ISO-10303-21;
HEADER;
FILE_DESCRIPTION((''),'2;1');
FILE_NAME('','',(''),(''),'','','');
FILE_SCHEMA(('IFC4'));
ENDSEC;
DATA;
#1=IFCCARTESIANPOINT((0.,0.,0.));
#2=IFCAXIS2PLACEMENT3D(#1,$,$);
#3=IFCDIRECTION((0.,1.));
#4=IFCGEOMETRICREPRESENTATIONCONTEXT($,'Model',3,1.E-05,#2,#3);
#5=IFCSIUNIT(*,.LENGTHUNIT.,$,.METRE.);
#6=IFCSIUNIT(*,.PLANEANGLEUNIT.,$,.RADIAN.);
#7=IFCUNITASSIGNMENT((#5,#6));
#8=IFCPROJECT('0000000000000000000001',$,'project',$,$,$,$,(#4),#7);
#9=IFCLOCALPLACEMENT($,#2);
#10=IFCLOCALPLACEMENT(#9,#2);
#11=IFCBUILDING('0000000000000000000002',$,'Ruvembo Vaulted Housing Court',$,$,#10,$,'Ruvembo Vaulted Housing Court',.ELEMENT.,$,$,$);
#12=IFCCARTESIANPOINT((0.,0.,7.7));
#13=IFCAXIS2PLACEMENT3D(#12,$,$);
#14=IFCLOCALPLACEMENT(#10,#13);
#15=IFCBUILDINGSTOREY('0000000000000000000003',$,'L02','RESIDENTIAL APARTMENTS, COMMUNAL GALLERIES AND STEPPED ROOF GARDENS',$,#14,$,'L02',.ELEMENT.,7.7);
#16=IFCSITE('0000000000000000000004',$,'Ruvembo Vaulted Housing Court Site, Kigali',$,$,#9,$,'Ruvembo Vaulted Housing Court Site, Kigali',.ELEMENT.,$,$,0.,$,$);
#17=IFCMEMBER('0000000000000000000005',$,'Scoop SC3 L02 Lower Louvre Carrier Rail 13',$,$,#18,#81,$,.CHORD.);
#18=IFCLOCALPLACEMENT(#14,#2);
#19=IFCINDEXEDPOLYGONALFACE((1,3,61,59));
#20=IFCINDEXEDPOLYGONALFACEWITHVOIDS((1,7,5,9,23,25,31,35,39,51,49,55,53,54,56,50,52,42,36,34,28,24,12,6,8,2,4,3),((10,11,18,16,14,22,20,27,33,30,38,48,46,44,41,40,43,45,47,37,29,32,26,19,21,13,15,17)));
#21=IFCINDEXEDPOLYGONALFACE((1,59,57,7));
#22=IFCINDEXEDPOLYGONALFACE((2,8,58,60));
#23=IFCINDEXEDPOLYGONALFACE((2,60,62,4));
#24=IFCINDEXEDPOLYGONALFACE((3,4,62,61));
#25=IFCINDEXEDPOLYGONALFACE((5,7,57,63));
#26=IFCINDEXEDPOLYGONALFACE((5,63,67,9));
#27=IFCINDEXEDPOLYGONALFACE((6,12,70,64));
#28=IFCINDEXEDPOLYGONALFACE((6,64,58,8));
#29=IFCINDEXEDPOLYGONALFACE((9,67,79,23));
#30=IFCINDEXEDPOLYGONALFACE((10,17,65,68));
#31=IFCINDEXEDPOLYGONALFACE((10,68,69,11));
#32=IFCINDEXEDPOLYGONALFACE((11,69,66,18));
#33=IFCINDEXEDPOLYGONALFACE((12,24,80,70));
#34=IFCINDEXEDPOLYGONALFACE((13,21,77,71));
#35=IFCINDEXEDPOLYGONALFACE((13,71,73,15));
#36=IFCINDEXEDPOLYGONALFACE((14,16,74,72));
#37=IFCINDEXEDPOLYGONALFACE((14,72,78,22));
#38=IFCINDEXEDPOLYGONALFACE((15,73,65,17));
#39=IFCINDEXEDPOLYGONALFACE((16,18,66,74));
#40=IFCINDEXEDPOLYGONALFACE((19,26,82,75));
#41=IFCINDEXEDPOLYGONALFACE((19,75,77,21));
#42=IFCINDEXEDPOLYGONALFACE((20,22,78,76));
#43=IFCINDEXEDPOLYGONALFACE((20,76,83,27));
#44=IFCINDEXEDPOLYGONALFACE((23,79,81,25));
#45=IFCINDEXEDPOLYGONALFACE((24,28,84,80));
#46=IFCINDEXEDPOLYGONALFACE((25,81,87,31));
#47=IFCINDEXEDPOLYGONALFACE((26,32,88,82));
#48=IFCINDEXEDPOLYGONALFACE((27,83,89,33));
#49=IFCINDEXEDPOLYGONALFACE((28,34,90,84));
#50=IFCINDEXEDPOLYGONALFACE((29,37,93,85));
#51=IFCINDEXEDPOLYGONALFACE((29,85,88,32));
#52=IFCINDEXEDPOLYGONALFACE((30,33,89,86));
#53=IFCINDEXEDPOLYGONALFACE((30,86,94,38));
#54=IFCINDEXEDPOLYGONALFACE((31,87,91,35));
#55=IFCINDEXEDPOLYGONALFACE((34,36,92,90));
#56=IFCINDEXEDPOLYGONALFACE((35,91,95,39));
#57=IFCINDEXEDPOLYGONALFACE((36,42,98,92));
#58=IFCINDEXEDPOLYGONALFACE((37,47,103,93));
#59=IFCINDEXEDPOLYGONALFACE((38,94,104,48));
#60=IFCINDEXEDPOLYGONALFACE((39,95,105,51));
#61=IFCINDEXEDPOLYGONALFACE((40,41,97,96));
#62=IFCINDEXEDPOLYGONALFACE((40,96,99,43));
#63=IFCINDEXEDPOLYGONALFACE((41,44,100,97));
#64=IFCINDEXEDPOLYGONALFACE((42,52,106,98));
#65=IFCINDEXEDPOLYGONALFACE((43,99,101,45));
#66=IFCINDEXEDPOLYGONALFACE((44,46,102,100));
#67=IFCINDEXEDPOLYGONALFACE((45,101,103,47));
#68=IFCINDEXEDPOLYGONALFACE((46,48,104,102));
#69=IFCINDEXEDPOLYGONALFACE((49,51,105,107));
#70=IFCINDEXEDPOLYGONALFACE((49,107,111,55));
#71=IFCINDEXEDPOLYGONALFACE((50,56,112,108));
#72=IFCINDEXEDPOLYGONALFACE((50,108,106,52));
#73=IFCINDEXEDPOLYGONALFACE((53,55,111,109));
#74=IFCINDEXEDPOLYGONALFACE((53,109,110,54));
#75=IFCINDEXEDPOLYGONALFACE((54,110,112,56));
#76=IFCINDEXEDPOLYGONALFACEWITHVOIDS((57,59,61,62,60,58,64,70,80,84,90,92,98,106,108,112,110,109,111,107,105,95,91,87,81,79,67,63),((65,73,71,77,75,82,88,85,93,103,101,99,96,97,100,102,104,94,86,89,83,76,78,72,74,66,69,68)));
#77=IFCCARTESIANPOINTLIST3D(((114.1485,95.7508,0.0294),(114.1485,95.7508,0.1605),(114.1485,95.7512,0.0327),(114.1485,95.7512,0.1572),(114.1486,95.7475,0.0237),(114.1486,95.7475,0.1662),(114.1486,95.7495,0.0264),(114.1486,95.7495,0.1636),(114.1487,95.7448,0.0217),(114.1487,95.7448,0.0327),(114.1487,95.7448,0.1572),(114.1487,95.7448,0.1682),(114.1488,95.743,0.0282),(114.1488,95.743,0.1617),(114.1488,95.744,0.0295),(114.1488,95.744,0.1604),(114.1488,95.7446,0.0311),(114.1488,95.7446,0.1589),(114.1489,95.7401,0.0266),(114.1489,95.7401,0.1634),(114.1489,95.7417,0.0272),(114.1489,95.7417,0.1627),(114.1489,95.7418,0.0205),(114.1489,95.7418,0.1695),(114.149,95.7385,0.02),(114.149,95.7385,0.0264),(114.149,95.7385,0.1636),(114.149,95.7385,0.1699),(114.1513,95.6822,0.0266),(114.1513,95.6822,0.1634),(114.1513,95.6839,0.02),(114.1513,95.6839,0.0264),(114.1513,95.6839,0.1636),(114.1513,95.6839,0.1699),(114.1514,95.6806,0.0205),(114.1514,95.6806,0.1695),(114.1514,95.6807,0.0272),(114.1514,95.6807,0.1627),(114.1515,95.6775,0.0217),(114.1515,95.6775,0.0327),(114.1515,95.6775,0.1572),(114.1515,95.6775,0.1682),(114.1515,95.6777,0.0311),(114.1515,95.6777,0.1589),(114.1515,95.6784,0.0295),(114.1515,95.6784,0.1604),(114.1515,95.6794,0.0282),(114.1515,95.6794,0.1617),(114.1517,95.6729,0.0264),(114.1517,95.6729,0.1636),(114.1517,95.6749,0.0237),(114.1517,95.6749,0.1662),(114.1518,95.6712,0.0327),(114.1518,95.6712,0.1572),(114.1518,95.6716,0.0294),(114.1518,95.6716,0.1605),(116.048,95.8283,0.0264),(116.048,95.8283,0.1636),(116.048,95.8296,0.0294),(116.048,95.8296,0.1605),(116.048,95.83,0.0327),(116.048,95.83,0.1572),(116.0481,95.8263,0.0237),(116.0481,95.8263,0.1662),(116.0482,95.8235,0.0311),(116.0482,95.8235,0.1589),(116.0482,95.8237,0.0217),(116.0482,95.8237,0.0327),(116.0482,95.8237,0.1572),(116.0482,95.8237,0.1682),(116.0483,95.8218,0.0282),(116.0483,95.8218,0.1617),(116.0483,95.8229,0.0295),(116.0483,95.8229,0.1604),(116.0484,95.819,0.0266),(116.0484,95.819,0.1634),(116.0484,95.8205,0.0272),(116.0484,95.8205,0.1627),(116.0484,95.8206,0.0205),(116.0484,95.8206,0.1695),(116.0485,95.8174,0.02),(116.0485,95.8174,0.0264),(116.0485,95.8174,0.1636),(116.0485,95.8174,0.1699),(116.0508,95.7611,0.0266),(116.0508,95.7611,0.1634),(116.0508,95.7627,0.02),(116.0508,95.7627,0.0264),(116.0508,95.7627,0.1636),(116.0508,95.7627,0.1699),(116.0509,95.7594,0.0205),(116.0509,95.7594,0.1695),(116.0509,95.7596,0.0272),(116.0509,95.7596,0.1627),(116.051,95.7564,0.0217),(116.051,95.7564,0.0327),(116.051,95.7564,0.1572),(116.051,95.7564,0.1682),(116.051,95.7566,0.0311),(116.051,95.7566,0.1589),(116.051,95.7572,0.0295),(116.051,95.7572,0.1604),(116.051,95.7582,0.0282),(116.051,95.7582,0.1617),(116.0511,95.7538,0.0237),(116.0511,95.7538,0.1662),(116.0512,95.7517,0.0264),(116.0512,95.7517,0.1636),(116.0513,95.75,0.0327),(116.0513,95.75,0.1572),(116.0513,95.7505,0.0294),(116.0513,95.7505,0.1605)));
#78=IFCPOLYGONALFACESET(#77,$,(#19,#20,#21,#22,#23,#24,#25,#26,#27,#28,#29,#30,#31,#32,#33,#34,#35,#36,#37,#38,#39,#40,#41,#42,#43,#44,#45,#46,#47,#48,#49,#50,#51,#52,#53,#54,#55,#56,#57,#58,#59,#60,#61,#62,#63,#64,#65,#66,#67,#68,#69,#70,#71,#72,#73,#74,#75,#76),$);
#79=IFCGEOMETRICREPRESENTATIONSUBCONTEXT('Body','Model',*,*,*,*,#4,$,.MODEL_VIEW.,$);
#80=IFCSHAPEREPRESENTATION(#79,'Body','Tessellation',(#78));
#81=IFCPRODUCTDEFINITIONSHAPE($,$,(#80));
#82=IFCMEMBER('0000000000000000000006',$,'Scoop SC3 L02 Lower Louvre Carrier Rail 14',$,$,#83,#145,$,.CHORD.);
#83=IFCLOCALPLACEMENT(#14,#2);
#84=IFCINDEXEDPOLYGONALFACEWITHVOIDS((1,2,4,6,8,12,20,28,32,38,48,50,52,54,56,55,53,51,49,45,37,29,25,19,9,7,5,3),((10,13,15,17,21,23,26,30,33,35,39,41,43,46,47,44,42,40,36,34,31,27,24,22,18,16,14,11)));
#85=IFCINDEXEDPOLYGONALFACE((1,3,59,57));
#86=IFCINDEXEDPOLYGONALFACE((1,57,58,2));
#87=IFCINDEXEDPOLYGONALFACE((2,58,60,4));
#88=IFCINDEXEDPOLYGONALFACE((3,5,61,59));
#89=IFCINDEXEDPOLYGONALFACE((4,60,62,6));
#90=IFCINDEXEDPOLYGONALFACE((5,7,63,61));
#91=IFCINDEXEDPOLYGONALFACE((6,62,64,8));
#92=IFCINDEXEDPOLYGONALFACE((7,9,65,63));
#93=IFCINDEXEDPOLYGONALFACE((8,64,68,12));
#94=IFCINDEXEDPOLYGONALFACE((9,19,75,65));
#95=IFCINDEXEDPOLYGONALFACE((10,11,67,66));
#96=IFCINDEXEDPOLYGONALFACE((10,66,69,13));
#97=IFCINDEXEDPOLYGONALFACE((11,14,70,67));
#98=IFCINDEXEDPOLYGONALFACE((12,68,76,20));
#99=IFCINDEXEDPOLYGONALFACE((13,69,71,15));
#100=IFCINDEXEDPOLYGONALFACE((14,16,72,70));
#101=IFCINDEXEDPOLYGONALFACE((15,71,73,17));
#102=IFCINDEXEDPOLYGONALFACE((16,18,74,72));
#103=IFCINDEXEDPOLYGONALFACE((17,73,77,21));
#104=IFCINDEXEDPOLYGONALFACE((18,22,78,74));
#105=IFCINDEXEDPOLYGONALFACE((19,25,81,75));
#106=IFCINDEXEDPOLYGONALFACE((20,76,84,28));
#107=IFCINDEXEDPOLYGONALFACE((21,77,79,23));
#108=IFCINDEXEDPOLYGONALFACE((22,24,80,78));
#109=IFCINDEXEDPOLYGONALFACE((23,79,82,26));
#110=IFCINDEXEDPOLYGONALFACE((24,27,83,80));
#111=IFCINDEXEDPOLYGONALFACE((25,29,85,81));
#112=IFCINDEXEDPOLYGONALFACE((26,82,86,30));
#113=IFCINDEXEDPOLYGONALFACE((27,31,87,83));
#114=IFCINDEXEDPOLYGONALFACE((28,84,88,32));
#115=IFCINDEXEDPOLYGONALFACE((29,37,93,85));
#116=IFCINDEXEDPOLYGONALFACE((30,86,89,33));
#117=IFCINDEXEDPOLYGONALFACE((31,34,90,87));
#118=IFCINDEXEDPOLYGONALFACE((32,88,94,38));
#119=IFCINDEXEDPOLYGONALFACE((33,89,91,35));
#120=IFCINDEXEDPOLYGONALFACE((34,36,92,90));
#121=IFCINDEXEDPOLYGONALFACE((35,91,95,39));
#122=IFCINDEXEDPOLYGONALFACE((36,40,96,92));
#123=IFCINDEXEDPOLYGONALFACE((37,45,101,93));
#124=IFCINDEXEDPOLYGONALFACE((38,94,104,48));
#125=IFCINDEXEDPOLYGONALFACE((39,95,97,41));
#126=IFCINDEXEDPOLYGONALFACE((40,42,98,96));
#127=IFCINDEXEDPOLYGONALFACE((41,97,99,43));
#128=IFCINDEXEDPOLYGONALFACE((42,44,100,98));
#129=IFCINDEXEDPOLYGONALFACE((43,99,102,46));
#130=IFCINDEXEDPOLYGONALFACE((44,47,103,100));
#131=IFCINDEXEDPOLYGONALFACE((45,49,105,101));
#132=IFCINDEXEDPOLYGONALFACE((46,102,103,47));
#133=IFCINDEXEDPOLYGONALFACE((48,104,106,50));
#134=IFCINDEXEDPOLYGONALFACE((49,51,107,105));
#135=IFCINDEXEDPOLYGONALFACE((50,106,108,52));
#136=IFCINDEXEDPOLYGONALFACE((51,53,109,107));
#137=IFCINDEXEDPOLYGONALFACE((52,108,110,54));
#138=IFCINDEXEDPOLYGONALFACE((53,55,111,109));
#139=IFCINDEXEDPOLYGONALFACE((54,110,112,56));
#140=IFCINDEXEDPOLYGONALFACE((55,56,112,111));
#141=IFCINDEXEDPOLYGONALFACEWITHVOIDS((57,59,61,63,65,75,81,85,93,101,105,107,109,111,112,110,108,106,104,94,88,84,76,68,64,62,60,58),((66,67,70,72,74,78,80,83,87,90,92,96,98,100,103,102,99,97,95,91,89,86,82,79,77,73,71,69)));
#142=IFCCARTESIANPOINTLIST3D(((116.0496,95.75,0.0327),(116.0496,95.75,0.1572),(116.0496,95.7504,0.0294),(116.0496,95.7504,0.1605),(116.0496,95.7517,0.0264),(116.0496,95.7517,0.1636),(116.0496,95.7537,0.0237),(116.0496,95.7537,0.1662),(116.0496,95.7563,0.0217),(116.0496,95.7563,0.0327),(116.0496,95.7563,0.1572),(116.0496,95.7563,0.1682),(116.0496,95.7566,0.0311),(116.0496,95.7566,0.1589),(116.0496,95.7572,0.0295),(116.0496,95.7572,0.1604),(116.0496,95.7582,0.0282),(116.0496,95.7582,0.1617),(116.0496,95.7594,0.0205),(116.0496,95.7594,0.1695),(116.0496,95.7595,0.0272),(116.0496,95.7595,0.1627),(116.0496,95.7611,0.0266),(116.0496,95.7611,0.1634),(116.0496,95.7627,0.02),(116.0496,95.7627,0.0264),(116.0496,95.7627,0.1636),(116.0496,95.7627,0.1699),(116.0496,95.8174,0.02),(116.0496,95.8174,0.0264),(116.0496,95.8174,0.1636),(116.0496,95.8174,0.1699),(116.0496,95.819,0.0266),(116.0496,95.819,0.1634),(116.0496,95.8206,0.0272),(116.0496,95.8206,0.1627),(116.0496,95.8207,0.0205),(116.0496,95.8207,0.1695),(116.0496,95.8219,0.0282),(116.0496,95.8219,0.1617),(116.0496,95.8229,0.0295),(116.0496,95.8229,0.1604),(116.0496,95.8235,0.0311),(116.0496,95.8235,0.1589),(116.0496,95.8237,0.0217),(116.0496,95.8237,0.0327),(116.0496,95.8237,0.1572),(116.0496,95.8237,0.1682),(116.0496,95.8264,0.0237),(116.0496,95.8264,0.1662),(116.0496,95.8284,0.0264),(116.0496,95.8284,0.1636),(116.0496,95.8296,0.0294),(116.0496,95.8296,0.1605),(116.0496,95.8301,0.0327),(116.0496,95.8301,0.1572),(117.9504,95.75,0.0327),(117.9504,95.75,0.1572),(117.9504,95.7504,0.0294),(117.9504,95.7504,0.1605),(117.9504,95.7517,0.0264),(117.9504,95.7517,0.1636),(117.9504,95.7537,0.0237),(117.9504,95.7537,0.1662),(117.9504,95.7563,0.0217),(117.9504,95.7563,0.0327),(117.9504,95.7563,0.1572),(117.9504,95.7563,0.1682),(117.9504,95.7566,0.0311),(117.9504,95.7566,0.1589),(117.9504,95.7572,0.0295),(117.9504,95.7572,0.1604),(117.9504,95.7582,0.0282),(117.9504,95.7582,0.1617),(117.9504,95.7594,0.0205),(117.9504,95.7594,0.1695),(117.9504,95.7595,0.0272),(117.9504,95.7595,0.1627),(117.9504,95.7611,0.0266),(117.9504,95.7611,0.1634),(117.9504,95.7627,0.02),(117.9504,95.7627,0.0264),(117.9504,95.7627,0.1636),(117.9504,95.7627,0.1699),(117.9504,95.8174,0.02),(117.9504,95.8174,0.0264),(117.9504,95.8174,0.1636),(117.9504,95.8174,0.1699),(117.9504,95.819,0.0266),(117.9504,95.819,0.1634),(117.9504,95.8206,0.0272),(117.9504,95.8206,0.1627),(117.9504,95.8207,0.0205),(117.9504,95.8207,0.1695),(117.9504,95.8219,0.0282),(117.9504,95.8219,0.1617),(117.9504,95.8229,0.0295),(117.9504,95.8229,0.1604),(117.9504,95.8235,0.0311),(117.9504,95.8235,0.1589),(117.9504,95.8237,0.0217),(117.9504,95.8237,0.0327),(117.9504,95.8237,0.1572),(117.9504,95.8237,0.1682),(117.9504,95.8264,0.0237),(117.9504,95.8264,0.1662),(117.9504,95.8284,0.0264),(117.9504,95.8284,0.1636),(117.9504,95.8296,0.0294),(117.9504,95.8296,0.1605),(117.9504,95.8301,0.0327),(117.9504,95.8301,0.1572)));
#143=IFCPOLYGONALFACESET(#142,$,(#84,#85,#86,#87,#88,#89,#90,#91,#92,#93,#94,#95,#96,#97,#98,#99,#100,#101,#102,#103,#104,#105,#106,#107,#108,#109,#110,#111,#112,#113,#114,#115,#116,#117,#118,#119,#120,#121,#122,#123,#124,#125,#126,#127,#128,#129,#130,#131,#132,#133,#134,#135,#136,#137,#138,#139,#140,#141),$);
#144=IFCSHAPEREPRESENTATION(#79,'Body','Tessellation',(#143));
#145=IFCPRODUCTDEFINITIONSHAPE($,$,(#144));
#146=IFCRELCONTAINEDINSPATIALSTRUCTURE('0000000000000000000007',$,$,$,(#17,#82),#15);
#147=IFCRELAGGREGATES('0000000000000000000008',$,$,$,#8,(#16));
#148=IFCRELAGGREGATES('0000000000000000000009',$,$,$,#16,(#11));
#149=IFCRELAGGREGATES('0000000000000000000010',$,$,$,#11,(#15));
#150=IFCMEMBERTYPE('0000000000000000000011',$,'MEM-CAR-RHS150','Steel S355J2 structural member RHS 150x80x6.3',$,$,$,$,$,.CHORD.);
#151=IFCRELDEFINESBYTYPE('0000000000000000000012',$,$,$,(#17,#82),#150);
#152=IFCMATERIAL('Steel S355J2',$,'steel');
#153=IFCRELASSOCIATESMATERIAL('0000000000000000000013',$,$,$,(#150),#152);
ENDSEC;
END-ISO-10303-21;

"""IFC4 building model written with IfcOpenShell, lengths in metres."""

from ifc_helpers import new_model, si_unit, direction, frame, origin, origin_2d, place, context, subcontext, project, spatial, hollow_rectangle, extrude, material, material_profile, profile_set, type_object, element, save


model = new_model("IFC4")

# Units and contexts
model_context = context("Model", 3, precision=1e-05, world=origin(), true_north=direction((0.0, 1.0)))
body_context = subcontext(model_context, "Body", "Model", "MODEL_VIEW")
ifc_project = project(units=[si_unit("LENGTHUNIT", "METRE"), si_unit("PLANEANGLEUNIT", "RADIAN")], contexts=[model_context])

# Site, building, storey
site_placement = place(None, origin())
site = spatial("IfcSite", under=ifc_project, at=site_placement, Name="Ruvembo Vaulted Housing Court Site, Kigali", LongName="Ruvembo Vaulted Housing Court Site, Kigali", CompositionType="ELEMENT", RefElevation=0.0)
building_placement = place(site_placement, origin())
building = spatial("IfcBuilding", under=site, at=building_placement, Name="Ruvembo Vaulted Housing Court", LongName="Ruvembo Vaulted Housing Court", CompositionType="ELEMENT")
storey_placement = place(building_placement, frame((0.0, 0.0, 7.7)))
storey = spatial("IfcBuildingStorey", under=building, at=storey_placement, Name="L02", Description="RESIDENTIAL APARTMENTS, COMMUNAL GALLERIES AND STEPPED ROOF GARDENS", LongName="L02", CompositionType="ELEMENT", Elevation=7.7)

# Shared definitions
ifc_material_1 = material(Name="Steel S355J2", Category="steel")

# Members
ifc_material_profile_1 = material_profile(ifc_material_1, hollow_rectangle(XDim=0.0801, YDim=0.1499, WallThickness=0.0063, InnerFilletRadius=0.0063, OuterFilletRadius=0.0127, at=origin_2d()), Name="RHS 150x80x6.3")
ifc_profile_set_1 = profile_set([ifc_material_profile_1], Name="Steel S355J2")
member_type_1 = type_object("IfcMemberType", Name="MEM-CAR-RHS150", Description="Steel S355J2 structural member RHS 150x80x6.3", PredefinedType="CHORD", material=ifc_profile_set_1)
member_1_placement = place(storey_placement, frame((114.1501, 95.7112, 0.095), z_axis=(0.999139, 0.041481, 0.0), x_axis=(-0.041481, 0.999139, 0.0)))
element("IfcMember", 1, at=member_1_placement, inside=storey, type_object=member_type_1, Name="Scoop SC3 L02 Lower Louvre Carrier Rail 13", PredefinedType="CHORD", context=body_context, shape_type="SweptSolid", body=[
    extrude(hollow_rectangle(XDim=0.0801, YDim=0.1499, WallThickness=0.0063, InnerFilletRadius=0.0063, OuterFilletRadius=0.0127, at=origin_2d()), origin(), (0.0, 0.0, 1.0), 1.9011),
])
member_2_placement = place(storey_placement, frame((116.0496, 95.79, 0.095), z_axis=(1.0, 0.0, 0.0), x_axis=(0.0, 1.0, 0.0)))
element("IfcMember", 2, at=member_2_placement, inside=storey, type_object=member_type_1, Name="Scoop SC3 L02 Lower Louvre Carrier Rail 14", PredefinedType="CHORD", context=body_context, shape_type="SweptSolid", body=[
    extrude(hollow_rectangle(XDim=0.0801, YDim=0.1499, WallThickness=0.0063, InnerFilletRadius=0.0063, OuterFilletRadius=0.0127, at=origin_2d()), origin(), (0.0, 0.0, 1.0), 1.9009),
])

save(model, "model.ifc")
